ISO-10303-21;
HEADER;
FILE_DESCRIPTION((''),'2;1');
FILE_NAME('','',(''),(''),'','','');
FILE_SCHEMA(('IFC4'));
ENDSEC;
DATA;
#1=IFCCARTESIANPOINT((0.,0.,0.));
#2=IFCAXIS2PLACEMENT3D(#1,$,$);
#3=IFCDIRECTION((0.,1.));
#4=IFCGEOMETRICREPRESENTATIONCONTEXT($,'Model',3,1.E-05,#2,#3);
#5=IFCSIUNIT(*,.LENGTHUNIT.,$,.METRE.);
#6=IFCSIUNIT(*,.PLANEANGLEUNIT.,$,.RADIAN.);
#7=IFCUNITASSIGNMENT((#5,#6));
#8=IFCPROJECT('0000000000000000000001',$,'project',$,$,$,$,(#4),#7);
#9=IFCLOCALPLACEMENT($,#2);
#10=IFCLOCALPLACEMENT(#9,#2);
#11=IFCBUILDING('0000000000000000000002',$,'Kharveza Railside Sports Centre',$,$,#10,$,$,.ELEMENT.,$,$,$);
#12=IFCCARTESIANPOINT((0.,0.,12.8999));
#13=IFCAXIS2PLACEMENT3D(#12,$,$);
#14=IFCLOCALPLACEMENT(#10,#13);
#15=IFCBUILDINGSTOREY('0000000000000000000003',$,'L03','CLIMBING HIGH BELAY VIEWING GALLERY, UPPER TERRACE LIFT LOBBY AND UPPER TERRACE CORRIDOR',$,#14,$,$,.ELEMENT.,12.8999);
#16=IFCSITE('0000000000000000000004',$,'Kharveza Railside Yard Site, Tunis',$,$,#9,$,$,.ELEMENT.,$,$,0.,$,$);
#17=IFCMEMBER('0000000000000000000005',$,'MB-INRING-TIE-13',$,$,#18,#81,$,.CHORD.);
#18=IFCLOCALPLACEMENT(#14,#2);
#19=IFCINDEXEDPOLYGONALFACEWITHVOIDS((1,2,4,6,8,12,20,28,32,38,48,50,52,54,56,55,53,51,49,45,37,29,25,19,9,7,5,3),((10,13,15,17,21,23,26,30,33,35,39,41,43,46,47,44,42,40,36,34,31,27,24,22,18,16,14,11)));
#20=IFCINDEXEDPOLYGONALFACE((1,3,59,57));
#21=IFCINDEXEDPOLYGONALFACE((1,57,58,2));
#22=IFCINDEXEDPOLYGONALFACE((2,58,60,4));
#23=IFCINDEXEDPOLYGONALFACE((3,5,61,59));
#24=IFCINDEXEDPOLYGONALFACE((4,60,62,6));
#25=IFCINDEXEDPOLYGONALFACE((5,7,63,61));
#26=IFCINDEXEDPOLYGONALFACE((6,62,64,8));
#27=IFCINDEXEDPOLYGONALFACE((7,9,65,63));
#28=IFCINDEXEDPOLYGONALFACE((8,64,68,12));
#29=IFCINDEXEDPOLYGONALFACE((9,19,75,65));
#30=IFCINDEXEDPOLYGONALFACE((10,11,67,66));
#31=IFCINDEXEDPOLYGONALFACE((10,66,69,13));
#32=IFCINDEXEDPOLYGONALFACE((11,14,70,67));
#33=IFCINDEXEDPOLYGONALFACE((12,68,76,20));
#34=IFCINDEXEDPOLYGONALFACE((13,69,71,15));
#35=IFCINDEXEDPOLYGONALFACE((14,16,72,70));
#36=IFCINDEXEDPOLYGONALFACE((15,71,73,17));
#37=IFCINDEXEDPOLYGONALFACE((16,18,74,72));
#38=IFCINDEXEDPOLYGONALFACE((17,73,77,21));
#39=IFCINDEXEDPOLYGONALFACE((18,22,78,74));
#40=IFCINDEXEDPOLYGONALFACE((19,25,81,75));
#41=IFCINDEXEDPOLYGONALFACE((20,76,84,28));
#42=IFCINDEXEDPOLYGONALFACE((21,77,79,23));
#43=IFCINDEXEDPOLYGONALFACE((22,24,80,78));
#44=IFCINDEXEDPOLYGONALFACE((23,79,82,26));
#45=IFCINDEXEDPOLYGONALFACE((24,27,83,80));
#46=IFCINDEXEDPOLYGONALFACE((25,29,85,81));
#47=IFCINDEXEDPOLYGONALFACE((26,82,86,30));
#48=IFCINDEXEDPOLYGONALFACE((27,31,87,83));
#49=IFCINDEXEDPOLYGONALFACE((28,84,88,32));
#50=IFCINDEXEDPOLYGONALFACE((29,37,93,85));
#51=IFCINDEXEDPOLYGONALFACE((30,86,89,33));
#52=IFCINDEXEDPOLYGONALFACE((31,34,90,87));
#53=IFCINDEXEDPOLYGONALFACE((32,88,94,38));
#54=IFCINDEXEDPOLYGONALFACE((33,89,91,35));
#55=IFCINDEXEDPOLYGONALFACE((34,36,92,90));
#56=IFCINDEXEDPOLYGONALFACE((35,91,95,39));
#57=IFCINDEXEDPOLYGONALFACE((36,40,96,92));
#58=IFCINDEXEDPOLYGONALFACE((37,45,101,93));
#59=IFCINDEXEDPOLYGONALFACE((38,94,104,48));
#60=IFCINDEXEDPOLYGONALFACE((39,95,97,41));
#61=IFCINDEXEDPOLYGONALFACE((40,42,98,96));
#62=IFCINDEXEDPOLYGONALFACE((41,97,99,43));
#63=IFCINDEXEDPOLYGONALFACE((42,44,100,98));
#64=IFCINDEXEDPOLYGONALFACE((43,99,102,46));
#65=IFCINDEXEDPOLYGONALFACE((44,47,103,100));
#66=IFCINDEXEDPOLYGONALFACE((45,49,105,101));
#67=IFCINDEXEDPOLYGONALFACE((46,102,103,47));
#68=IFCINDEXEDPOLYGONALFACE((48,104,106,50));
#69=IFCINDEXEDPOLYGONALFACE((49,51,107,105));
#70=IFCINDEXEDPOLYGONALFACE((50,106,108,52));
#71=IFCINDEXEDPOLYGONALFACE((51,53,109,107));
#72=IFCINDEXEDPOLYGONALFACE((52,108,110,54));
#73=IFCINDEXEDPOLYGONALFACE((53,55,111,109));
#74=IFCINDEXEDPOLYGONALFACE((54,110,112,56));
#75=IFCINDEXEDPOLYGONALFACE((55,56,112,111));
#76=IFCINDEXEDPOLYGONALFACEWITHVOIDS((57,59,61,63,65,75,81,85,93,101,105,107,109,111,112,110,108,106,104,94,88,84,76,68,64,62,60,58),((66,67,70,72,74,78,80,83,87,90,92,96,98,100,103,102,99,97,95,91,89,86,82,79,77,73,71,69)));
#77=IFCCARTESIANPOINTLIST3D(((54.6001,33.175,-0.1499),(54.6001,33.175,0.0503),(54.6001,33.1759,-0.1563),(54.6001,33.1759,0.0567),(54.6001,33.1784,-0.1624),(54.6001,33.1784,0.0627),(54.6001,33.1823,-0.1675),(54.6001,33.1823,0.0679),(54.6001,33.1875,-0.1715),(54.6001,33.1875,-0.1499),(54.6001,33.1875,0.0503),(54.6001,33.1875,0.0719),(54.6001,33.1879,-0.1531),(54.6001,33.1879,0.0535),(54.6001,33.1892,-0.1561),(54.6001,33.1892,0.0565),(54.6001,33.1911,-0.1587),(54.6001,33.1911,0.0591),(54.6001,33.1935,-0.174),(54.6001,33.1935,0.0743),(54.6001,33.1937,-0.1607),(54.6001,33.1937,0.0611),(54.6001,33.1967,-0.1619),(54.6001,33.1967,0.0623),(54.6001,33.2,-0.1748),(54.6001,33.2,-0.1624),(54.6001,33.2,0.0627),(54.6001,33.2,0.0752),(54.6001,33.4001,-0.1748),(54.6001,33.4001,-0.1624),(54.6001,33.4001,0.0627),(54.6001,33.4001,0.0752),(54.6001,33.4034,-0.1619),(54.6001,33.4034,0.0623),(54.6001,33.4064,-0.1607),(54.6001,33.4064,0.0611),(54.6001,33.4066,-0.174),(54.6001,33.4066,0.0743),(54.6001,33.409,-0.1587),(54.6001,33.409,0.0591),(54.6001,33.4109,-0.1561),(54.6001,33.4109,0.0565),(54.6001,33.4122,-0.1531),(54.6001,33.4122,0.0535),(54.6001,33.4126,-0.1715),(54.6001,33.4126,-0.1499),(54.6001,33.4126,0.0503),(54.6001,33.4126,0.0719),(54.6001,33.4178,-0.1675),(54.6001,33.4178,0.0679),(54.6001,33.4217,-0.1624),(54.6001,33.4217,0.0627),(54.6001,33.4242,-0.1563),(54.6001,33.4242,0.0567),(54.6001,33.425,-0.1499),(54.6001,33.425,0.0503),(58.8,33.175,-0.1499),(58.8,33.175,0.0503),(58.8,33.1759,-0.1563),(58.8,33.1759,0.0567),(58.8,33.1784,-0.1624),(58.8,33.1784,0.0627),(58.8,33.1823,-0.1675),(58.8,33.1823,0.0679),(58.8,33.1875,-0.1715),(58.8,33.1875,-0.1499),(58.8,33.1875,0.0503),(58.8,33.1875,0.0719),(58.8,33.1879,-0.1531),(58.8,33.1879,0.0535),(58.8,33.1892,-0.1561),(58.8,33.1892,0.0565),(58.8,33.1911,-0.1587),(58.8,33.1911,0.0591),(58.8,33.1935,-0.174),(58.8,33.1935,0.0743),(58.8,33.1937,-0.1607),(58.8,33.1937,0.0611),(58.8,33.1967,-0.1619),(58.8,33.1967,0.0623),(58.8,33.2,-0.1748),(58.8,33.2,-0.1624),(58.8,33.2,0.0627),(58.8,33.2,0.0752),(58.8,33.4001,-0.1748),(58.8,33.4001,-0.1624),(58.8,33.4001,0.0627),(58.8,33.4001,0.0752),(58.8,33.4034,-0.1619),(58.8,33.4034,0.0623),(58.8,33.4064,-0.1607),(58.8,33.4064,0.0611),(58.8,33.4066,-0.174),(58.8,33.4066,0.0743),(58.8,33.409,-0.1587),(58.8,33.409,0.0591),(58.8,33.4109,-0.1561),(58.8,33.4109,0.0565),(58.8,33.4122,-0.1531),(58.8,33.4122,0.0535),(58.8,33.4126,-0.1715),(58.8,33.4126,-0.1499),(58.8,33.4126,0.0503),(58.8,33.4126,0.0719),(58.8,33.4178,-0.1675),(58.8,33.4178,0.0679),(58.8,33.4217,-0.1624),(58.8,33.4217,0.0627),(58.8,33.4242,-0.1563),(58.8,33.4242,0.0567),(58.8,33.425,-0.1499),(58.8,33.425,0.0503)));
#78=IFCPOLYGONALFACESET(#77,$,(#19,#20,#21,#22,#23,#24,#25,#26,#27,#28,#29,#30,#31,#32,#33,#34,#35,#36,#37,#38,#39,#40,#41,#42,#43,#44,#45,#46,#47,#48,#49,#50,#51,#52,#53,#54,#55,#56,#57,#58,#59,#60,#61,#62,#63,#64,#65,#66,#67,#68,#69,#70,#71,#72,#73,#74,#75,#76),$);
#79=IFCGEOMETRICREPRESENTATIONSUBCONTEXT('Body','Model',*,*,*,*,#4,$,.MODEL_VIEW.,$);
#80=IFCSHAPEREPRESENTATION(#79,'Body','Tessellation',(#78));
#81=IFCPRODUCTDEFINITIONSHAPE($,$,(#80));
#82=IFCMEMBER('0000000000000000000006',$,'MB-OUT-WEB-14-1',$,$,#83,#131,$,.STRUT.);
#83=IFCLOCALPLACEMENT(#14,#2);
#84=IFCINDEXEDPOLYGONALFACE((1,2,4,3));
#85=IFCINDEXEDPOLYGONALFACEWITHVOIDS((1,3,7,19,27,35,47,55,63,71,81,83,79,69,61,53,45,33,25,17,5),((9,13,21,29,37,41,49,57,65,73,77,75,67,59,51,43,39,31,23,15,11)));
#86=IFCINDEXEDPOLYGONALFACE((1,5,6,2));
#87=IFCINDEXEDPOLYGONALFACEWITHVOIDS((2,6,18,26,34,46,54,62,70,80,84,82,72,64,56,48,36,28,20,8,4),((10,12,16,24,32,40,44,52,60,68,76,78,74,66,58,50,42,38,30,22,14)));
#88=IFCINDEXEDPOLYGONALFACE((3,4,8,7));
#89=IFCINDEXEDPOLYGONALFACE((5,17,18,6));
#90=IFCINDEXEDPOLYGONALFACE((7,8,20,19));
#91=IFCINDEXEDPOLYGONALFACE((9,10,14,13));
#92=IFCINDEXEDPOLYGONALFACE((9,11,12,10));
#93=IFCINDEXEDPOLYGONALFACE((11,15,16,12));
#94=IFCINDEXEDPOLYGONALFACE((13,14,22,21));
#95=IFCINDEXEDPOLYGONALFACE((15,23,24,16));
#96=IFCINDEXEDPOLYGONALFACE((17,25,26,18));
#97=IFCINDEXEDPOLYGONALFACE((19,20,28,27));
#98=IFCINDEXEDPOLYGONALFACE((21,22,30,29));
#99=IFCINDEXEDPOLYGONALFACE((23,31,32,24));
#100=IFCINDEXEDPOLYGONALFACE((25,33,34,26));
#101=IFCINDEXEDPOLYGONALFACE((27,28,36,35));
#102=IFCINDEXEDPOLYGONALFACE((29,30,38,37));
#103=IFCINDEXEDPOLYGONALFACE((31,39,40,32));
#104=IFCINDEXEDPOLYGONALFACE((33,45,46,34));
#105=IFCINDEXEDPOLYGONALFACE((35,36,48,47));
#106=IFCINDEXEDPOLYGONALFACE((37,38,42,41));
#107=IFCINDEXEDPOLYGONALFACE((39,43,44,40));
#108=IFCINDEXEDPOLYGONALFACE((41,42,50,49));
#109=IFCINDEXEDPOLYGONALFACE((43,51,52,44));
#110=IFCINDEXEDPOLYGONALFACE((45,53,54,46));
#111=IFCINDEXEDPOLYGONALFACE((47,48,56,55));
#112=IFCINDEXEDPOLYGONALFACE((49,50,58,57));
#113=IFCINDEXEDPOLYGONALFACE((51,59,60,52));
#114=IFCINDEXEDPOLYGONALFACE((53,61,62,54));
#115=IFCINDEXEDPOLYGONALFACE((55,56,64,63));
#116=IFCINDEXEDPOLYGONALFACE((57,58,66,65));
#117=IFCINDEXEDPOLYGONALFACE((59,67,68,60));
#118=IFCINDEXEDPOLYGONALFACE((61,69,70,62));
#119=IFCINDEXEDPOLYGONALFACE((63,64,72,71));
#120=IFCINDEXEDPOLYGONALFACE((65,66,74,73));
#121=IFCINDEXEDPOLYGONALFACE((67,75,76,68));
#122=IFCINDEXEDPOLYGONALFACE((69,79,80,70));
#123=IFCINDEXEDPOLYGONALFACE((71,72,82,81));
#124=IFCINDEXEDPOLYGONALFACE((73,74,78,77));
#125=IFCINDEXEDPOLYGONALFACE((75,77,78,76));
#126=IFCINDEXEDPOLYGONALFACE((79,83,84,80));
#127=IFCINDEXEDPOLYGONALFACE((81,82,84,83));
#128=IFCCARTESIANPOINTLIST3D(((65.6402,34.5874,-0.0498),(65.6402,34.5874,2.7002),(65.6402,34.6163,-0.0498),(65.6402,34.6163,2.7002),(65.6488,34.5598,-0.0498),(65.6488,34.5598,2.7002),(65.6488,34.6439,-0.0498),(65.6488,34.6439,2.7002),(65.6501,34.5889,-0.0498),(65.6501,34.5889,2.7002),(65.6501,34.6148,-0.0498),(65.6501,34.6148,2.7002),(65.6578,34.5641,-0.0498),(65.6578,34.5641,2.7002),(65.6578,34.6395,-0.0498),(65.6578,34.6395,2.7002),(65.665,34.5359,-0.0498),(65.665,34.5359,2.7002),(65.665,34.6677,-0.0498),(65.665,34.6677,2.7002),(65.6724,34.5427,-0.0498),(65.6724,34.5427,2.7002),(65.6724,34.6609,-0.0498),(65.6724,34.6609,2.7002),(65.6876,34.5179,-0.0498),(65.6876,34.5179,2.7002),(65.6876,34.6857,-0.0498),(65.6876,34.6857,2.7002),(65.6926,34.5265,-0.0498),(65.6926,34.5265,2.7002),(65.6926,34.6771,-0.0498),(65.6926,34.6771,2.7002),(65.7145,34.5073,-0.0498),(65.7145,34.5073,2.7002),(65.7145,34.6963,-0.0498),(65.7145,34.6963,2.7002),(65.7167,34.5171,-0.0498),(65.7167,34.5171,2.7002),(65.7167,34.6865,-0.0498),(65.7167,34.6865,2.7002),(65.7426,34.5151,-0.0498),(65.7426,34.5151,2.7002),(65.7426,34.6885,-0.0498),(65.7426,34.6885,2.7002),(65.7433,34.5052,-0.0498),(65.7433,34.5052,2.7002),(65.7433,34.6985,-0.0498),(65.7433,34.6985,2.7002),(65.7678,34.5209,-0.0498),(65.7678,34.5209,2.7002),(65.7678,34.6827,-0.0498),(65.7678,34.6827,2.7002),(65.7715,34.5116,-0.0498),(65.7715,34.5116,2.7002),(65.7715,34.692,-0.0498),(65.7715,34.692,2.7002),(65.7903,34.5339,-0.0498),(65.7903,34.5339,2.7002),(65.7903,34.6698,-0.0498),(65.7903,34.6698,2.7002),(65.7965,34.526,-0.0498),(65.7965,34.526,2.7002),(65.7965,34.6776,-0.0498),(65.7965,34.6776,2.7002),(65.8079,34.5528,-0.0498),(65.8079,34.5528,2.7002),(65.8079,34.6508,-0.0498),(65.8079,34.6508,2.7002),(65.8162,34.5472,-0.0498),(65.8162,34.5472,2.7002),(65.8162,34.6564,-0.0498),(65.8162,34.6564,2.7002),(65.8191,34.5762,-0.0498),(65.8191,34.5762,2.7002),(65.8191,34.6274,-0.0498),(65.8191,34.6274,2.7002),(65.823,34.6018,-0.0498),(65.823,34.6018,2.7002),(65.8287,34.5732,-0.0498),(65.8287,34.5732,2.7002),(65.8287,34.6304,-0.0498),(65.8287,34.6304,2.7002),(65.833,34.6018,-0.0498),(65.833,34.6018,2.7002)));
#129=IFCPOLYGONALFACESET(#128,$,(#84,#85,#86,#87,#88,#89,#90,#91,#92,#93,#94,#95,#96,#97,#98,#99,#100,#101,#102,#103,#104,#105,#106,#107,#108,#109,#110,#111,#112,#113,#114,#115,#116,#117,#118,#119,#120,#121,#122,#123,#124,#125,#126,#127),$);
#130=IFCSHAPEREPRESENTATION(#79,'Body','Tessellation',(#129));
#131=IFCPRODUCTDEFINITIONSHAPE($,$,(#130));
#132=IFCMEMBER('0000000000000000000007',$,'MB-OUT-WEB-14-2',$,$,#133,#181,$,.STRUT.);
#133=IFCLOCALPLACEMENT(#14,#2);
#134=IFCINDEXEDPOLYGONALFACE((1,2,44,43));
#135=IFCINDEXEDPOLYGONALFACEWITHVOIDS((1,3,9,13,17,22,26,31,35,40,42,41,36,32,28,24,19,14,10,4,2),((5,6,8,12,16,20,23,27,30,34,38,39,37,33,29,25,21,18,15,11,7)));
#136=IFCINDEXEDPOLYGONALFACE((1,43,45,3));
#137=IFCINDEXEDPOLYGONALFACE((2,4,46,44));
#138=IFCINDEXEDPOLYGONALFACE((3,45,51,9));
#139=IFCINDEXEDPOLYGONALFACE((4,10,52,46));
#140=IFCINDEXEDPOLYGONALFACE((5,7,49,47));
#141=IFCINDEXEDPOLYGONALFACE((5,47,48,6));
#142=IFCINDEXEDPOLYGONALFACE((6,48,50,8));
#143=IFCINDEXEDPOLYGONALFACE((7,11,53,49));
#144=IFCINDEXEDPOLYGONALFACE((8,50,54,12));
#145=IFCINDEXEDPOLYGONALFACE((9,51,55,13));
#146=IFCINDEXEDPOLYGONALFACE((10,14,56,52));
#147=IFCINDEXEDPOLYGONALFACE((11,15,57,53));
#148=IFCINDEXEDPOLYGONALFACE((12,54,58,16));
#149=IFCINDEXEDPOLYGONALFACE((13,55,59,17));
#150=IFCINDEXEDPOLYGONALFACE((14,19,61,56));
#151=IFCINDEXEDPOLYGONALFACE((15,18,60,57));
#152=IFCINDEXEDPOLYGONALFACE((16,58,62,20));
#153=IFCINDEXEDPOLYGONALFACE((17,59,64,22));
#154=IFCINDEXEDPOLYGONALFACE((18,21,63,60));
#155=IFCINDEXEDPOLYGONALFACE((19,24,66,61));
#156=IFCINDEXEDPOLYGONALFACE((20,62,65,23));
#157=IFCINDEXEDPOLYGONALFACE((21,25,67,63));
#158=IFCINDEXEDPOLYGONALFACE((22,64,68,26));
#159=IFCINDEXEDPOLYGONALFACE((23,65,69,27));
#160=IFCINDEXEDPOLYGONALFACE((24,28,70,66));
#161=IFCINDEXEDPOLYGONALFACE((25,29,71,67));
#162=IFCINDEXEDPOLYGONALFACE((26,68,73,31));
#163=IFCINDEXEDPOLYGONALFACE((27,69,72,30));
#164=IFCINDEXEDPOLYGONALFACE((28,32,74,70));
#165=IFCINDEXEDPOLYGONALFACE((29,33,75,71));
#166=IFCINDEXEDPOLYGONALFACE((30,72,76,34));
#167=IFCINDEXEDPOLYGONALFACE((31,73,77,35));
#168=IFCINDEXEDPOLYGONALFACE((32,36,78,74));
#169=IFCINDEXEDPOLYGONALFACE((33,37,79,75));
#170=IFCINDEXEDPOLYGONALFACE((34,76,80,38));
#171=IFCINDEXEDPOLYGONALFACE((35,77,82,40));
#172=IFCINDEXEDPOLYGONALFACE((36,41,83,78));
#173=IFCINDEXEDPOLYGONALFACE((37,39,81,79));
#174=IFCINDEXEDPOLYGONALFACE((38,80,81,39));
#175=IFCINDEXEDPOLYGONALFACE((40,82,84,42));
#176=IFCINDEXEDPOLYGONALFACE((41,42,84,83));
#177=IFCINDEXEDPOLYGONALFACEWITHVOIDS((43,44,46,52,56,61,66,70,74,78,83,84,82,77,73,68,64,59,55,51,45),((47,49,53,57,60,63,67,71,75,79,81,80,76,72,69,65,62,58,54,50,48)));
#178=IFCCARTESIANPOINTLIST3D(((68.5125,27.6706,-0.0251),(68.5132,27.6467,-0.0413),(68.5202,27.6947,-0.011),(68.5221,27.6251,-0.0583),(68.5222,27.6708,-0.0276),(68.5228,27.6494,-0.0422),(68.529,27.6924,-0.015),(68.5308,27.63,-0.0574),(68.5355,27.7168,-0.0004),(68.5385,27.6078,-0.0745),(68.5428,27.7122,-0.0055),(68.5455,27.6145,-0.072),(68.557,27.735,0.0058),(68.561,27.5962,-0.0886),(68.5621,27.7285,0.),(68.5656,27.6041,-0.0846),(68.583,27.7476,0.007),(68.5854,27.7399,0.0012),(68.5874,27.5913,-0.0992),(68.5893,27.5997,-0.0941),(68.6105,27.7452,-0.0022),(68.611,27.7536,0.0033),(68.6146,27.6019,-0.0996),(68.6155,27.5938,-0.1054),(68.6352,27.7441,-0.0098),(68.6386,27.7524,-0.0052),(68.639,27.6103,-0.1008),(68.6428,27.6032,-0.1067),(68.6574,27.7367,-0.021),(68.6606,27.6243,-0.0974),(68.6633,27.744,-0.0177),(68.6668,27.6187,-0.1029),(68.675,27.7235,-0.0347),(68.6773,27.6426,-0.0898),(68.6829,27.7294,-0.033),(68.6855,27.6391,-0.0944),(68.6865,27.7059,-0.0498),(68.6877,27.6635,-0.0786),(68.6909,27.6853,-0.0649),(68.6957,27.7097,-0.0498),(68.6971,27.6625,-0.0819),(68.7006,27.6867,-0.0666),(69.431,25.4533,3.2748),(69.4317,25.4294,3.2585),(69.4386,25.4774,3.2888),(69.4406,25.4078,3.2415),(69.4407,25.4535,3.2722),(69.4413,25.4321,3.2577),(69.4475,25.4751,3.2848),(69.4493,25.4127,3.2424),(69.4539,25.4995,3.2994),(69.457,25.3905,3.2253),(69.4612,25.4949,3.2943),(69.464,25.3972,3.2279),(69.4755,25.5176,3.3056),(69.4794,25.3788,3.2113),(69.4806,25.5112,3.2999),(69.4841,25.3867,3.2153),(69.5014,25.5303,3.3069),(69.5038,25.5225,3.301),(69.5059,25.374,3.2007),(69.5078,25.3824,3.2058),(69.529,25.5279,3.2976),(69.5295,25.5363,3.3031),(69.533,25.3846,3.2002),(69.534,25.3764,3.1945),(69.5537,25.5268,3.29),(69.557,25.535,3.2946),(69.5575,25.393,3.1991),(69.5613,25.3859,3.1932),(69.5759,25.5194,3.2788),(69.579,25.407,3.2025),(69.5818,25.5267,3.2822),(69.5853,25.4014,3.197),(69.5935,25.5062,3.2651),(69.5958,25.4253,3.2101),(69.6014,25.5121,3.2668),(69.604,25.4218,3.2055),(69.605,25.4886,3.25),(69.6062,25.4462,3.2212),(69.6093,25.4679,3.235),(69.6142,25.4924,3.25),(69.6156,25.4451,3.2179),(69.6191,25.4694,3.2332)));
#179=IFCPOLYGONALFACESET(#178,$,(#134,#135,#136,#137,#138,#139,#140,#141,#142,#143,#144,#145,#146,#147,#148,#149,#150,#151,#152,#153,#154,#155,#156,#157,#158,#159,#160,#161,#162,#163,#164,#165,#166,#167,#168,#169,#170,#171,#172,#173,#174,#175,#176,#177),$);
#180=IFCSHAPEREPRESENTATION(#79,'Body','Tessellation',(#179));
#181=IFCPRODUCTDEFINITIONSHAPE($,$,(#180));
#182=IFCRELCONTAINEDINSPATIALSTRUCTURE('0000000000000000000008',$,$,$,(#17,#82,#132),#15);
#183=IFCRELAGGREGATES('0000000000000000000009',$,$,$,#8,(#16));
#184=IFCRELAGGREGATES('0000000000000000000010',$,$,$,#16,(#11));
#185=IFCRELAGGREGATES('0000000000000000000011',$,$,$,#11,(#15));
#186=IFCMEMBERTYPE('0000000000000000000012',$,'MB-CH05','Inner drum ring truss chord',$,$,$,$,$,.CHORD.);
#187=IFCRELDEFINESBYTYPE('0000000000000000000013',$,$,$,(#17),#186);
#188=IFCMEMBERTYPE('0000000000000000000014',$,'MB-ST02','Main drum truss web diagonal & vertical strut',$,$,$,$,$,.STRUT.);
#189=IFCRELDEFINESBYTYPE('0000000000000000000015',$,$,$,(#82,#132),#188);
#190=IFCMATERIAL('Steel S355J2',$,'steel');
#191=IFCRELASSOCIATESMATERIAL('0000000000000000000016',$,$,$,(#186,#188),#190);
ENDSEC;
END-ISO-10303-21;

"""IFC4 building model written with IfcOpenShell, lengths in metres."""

from ifc_helpers import new_model, si_unit, direction, frame, origin, origin_2d, place, context, subcontext, project, spatial, hollow_rectangle, hollow_circle, extrude, material, material_profile, profile_set, type_object, element, save


model = new_model("IFC4")

# Units and contexts
model_context = context("Model", 3, precision=1e-05, world=origin(), true_north=direction((0.0, 1.0)))
body_context = subcontext(model_context, "Body", "Model", "MODEL_VIEW")
ifc_project = project(units=[si_unit("LENGTHUNIT", "METRE"), si_unit("PLANEANGLEUNIT", "RADIAN")], contexts=[model_context])

# Site, building, storey
site_placement = place(None, origin())
site = spatial("IfcSite", under=ifc_project, at=site_placement, Name="Kharveza Railside Yard Site, Tunis", CompositionType="ELEMENT", RefElevation=0.0)
building_placement = place(site_placement, origin())
building = spatial("IfcBuilding", under=site, at=building_placement, Name="Kharveza Railside Sports Centre", CompositionType="ELEMENT")
storey_placement = place(building_placement, frame((0.0, 0.0, 12.8999)))
storey = spatial("IfcBuildingStorey", under=building, at=storey_placement, Name="L03", Description="CLIMBING HIGH BELAY VIEWING GALLERY, UPPER TERRACE LIFT LOBBY AND UPPER TERRACE CORRIDOR", CompositionType="ELEMENT", Elevation=12.8999)

# Members
ifc_material = material(Name="Steel S355J2", Category="steel")
ifc_material_profile_1 = material_profile(ifc_material, hollow_rectangle(XDim=0.25, YDim=0.25, WallThickness=0.0125, InnerFilletRadius=0.0125, OuterFilletRadius=0.0249, at=origin_2d()), Name="SHS 250x250x12.5")
ifc_profile_set_1 = profile_set([ifc_material_profile_1], Name="Steel S355J2")
member_type_1 = type_object("IfcMemberType", Name="MB-CH05", Description="Inner drum ring truss chord", PredefinedType="CHORD", material=ifc_profile_set_1)
member_1_placement = place(storey_placement, frame((54.6001, 33.3, -0.0498), z_axis=(1.0, 0.0, 0.0), x_axis=(0.0, 1.0, 0.0)))
element("IfcMember", 1, at=member_1_placement, inside=storey, type_object=member_type_1, Name="MB-INRING-TIE-13", PredefinedType="CHORD", context=body_context, shape_type="SweptSolid", body=[
    extrude(hollow_rectangle(XDim=0.25, YDim=0.25, WallThickness=0.0125, InnerFilletRadius=0.0125, OuterFilletRadius=0.0249, at=origin_2d()), origin(), (0.0, 0.0, 1.0), 4.2),
])
ifc_material_profile_2 = material_profile(ifc_material, hollow_circle(Radius=0.0969, WallThickness=0.01, at=origin_2d()), Name="CHS 193.7x10.0")
ifc_profile_set_2 = profile_set([ifc_material_profile_2], Name="Steel S355J2")
member_type_2 = type_object("IfcMemberType", Name="MB-ST02", Description="Main drum truss web diagonal & vertical strut", PredefinedType="STRUT", material=ifc_profile_set_2)
member_2_placement = place(storey_placement, frame((65.7361, 34.6018, -0.0498), z_axis=(0.0, 0.0, 1.0), x_axis=(1.0, 0.0, 0.0)))
element("IfcMember", 2, at=member_2_placement, inside=storey, type_object=member_type_2, Name="MB-OUT-WEB-14-1", PredefinedType="STRUT", context=body_context, shape_type="SweptSolid", body=[
    extrude(hollow_circle(Radius=0.0969, WallThickness=0.01, at=origin_2d()), origin(), (0.0, 0.0, 1.0), 2.75),
])
member_3_placement = place(storey_placement, frame((68.6062, 27.6726, -0.0498), z_axis=(0.225097, -0.543416, 0.808722), x_axis=(0.923875, 0.382693, 0.0)))
element("IfcMember", 3, at=member_3_placement, inside=storey, type_object=member_type_2, Name="MB-OUT-WEB-14-2", PredefinedType="STRUT", context=body_context, shape_type="SweptSolid", body=[
    extrude(hollow_circle(Radius=0.0969, WallThickness=0.01, at=origin_2d()), origin(), (0.0, 0.0, 1.0), 4.0803),
])

save(model, "model.ifc")
